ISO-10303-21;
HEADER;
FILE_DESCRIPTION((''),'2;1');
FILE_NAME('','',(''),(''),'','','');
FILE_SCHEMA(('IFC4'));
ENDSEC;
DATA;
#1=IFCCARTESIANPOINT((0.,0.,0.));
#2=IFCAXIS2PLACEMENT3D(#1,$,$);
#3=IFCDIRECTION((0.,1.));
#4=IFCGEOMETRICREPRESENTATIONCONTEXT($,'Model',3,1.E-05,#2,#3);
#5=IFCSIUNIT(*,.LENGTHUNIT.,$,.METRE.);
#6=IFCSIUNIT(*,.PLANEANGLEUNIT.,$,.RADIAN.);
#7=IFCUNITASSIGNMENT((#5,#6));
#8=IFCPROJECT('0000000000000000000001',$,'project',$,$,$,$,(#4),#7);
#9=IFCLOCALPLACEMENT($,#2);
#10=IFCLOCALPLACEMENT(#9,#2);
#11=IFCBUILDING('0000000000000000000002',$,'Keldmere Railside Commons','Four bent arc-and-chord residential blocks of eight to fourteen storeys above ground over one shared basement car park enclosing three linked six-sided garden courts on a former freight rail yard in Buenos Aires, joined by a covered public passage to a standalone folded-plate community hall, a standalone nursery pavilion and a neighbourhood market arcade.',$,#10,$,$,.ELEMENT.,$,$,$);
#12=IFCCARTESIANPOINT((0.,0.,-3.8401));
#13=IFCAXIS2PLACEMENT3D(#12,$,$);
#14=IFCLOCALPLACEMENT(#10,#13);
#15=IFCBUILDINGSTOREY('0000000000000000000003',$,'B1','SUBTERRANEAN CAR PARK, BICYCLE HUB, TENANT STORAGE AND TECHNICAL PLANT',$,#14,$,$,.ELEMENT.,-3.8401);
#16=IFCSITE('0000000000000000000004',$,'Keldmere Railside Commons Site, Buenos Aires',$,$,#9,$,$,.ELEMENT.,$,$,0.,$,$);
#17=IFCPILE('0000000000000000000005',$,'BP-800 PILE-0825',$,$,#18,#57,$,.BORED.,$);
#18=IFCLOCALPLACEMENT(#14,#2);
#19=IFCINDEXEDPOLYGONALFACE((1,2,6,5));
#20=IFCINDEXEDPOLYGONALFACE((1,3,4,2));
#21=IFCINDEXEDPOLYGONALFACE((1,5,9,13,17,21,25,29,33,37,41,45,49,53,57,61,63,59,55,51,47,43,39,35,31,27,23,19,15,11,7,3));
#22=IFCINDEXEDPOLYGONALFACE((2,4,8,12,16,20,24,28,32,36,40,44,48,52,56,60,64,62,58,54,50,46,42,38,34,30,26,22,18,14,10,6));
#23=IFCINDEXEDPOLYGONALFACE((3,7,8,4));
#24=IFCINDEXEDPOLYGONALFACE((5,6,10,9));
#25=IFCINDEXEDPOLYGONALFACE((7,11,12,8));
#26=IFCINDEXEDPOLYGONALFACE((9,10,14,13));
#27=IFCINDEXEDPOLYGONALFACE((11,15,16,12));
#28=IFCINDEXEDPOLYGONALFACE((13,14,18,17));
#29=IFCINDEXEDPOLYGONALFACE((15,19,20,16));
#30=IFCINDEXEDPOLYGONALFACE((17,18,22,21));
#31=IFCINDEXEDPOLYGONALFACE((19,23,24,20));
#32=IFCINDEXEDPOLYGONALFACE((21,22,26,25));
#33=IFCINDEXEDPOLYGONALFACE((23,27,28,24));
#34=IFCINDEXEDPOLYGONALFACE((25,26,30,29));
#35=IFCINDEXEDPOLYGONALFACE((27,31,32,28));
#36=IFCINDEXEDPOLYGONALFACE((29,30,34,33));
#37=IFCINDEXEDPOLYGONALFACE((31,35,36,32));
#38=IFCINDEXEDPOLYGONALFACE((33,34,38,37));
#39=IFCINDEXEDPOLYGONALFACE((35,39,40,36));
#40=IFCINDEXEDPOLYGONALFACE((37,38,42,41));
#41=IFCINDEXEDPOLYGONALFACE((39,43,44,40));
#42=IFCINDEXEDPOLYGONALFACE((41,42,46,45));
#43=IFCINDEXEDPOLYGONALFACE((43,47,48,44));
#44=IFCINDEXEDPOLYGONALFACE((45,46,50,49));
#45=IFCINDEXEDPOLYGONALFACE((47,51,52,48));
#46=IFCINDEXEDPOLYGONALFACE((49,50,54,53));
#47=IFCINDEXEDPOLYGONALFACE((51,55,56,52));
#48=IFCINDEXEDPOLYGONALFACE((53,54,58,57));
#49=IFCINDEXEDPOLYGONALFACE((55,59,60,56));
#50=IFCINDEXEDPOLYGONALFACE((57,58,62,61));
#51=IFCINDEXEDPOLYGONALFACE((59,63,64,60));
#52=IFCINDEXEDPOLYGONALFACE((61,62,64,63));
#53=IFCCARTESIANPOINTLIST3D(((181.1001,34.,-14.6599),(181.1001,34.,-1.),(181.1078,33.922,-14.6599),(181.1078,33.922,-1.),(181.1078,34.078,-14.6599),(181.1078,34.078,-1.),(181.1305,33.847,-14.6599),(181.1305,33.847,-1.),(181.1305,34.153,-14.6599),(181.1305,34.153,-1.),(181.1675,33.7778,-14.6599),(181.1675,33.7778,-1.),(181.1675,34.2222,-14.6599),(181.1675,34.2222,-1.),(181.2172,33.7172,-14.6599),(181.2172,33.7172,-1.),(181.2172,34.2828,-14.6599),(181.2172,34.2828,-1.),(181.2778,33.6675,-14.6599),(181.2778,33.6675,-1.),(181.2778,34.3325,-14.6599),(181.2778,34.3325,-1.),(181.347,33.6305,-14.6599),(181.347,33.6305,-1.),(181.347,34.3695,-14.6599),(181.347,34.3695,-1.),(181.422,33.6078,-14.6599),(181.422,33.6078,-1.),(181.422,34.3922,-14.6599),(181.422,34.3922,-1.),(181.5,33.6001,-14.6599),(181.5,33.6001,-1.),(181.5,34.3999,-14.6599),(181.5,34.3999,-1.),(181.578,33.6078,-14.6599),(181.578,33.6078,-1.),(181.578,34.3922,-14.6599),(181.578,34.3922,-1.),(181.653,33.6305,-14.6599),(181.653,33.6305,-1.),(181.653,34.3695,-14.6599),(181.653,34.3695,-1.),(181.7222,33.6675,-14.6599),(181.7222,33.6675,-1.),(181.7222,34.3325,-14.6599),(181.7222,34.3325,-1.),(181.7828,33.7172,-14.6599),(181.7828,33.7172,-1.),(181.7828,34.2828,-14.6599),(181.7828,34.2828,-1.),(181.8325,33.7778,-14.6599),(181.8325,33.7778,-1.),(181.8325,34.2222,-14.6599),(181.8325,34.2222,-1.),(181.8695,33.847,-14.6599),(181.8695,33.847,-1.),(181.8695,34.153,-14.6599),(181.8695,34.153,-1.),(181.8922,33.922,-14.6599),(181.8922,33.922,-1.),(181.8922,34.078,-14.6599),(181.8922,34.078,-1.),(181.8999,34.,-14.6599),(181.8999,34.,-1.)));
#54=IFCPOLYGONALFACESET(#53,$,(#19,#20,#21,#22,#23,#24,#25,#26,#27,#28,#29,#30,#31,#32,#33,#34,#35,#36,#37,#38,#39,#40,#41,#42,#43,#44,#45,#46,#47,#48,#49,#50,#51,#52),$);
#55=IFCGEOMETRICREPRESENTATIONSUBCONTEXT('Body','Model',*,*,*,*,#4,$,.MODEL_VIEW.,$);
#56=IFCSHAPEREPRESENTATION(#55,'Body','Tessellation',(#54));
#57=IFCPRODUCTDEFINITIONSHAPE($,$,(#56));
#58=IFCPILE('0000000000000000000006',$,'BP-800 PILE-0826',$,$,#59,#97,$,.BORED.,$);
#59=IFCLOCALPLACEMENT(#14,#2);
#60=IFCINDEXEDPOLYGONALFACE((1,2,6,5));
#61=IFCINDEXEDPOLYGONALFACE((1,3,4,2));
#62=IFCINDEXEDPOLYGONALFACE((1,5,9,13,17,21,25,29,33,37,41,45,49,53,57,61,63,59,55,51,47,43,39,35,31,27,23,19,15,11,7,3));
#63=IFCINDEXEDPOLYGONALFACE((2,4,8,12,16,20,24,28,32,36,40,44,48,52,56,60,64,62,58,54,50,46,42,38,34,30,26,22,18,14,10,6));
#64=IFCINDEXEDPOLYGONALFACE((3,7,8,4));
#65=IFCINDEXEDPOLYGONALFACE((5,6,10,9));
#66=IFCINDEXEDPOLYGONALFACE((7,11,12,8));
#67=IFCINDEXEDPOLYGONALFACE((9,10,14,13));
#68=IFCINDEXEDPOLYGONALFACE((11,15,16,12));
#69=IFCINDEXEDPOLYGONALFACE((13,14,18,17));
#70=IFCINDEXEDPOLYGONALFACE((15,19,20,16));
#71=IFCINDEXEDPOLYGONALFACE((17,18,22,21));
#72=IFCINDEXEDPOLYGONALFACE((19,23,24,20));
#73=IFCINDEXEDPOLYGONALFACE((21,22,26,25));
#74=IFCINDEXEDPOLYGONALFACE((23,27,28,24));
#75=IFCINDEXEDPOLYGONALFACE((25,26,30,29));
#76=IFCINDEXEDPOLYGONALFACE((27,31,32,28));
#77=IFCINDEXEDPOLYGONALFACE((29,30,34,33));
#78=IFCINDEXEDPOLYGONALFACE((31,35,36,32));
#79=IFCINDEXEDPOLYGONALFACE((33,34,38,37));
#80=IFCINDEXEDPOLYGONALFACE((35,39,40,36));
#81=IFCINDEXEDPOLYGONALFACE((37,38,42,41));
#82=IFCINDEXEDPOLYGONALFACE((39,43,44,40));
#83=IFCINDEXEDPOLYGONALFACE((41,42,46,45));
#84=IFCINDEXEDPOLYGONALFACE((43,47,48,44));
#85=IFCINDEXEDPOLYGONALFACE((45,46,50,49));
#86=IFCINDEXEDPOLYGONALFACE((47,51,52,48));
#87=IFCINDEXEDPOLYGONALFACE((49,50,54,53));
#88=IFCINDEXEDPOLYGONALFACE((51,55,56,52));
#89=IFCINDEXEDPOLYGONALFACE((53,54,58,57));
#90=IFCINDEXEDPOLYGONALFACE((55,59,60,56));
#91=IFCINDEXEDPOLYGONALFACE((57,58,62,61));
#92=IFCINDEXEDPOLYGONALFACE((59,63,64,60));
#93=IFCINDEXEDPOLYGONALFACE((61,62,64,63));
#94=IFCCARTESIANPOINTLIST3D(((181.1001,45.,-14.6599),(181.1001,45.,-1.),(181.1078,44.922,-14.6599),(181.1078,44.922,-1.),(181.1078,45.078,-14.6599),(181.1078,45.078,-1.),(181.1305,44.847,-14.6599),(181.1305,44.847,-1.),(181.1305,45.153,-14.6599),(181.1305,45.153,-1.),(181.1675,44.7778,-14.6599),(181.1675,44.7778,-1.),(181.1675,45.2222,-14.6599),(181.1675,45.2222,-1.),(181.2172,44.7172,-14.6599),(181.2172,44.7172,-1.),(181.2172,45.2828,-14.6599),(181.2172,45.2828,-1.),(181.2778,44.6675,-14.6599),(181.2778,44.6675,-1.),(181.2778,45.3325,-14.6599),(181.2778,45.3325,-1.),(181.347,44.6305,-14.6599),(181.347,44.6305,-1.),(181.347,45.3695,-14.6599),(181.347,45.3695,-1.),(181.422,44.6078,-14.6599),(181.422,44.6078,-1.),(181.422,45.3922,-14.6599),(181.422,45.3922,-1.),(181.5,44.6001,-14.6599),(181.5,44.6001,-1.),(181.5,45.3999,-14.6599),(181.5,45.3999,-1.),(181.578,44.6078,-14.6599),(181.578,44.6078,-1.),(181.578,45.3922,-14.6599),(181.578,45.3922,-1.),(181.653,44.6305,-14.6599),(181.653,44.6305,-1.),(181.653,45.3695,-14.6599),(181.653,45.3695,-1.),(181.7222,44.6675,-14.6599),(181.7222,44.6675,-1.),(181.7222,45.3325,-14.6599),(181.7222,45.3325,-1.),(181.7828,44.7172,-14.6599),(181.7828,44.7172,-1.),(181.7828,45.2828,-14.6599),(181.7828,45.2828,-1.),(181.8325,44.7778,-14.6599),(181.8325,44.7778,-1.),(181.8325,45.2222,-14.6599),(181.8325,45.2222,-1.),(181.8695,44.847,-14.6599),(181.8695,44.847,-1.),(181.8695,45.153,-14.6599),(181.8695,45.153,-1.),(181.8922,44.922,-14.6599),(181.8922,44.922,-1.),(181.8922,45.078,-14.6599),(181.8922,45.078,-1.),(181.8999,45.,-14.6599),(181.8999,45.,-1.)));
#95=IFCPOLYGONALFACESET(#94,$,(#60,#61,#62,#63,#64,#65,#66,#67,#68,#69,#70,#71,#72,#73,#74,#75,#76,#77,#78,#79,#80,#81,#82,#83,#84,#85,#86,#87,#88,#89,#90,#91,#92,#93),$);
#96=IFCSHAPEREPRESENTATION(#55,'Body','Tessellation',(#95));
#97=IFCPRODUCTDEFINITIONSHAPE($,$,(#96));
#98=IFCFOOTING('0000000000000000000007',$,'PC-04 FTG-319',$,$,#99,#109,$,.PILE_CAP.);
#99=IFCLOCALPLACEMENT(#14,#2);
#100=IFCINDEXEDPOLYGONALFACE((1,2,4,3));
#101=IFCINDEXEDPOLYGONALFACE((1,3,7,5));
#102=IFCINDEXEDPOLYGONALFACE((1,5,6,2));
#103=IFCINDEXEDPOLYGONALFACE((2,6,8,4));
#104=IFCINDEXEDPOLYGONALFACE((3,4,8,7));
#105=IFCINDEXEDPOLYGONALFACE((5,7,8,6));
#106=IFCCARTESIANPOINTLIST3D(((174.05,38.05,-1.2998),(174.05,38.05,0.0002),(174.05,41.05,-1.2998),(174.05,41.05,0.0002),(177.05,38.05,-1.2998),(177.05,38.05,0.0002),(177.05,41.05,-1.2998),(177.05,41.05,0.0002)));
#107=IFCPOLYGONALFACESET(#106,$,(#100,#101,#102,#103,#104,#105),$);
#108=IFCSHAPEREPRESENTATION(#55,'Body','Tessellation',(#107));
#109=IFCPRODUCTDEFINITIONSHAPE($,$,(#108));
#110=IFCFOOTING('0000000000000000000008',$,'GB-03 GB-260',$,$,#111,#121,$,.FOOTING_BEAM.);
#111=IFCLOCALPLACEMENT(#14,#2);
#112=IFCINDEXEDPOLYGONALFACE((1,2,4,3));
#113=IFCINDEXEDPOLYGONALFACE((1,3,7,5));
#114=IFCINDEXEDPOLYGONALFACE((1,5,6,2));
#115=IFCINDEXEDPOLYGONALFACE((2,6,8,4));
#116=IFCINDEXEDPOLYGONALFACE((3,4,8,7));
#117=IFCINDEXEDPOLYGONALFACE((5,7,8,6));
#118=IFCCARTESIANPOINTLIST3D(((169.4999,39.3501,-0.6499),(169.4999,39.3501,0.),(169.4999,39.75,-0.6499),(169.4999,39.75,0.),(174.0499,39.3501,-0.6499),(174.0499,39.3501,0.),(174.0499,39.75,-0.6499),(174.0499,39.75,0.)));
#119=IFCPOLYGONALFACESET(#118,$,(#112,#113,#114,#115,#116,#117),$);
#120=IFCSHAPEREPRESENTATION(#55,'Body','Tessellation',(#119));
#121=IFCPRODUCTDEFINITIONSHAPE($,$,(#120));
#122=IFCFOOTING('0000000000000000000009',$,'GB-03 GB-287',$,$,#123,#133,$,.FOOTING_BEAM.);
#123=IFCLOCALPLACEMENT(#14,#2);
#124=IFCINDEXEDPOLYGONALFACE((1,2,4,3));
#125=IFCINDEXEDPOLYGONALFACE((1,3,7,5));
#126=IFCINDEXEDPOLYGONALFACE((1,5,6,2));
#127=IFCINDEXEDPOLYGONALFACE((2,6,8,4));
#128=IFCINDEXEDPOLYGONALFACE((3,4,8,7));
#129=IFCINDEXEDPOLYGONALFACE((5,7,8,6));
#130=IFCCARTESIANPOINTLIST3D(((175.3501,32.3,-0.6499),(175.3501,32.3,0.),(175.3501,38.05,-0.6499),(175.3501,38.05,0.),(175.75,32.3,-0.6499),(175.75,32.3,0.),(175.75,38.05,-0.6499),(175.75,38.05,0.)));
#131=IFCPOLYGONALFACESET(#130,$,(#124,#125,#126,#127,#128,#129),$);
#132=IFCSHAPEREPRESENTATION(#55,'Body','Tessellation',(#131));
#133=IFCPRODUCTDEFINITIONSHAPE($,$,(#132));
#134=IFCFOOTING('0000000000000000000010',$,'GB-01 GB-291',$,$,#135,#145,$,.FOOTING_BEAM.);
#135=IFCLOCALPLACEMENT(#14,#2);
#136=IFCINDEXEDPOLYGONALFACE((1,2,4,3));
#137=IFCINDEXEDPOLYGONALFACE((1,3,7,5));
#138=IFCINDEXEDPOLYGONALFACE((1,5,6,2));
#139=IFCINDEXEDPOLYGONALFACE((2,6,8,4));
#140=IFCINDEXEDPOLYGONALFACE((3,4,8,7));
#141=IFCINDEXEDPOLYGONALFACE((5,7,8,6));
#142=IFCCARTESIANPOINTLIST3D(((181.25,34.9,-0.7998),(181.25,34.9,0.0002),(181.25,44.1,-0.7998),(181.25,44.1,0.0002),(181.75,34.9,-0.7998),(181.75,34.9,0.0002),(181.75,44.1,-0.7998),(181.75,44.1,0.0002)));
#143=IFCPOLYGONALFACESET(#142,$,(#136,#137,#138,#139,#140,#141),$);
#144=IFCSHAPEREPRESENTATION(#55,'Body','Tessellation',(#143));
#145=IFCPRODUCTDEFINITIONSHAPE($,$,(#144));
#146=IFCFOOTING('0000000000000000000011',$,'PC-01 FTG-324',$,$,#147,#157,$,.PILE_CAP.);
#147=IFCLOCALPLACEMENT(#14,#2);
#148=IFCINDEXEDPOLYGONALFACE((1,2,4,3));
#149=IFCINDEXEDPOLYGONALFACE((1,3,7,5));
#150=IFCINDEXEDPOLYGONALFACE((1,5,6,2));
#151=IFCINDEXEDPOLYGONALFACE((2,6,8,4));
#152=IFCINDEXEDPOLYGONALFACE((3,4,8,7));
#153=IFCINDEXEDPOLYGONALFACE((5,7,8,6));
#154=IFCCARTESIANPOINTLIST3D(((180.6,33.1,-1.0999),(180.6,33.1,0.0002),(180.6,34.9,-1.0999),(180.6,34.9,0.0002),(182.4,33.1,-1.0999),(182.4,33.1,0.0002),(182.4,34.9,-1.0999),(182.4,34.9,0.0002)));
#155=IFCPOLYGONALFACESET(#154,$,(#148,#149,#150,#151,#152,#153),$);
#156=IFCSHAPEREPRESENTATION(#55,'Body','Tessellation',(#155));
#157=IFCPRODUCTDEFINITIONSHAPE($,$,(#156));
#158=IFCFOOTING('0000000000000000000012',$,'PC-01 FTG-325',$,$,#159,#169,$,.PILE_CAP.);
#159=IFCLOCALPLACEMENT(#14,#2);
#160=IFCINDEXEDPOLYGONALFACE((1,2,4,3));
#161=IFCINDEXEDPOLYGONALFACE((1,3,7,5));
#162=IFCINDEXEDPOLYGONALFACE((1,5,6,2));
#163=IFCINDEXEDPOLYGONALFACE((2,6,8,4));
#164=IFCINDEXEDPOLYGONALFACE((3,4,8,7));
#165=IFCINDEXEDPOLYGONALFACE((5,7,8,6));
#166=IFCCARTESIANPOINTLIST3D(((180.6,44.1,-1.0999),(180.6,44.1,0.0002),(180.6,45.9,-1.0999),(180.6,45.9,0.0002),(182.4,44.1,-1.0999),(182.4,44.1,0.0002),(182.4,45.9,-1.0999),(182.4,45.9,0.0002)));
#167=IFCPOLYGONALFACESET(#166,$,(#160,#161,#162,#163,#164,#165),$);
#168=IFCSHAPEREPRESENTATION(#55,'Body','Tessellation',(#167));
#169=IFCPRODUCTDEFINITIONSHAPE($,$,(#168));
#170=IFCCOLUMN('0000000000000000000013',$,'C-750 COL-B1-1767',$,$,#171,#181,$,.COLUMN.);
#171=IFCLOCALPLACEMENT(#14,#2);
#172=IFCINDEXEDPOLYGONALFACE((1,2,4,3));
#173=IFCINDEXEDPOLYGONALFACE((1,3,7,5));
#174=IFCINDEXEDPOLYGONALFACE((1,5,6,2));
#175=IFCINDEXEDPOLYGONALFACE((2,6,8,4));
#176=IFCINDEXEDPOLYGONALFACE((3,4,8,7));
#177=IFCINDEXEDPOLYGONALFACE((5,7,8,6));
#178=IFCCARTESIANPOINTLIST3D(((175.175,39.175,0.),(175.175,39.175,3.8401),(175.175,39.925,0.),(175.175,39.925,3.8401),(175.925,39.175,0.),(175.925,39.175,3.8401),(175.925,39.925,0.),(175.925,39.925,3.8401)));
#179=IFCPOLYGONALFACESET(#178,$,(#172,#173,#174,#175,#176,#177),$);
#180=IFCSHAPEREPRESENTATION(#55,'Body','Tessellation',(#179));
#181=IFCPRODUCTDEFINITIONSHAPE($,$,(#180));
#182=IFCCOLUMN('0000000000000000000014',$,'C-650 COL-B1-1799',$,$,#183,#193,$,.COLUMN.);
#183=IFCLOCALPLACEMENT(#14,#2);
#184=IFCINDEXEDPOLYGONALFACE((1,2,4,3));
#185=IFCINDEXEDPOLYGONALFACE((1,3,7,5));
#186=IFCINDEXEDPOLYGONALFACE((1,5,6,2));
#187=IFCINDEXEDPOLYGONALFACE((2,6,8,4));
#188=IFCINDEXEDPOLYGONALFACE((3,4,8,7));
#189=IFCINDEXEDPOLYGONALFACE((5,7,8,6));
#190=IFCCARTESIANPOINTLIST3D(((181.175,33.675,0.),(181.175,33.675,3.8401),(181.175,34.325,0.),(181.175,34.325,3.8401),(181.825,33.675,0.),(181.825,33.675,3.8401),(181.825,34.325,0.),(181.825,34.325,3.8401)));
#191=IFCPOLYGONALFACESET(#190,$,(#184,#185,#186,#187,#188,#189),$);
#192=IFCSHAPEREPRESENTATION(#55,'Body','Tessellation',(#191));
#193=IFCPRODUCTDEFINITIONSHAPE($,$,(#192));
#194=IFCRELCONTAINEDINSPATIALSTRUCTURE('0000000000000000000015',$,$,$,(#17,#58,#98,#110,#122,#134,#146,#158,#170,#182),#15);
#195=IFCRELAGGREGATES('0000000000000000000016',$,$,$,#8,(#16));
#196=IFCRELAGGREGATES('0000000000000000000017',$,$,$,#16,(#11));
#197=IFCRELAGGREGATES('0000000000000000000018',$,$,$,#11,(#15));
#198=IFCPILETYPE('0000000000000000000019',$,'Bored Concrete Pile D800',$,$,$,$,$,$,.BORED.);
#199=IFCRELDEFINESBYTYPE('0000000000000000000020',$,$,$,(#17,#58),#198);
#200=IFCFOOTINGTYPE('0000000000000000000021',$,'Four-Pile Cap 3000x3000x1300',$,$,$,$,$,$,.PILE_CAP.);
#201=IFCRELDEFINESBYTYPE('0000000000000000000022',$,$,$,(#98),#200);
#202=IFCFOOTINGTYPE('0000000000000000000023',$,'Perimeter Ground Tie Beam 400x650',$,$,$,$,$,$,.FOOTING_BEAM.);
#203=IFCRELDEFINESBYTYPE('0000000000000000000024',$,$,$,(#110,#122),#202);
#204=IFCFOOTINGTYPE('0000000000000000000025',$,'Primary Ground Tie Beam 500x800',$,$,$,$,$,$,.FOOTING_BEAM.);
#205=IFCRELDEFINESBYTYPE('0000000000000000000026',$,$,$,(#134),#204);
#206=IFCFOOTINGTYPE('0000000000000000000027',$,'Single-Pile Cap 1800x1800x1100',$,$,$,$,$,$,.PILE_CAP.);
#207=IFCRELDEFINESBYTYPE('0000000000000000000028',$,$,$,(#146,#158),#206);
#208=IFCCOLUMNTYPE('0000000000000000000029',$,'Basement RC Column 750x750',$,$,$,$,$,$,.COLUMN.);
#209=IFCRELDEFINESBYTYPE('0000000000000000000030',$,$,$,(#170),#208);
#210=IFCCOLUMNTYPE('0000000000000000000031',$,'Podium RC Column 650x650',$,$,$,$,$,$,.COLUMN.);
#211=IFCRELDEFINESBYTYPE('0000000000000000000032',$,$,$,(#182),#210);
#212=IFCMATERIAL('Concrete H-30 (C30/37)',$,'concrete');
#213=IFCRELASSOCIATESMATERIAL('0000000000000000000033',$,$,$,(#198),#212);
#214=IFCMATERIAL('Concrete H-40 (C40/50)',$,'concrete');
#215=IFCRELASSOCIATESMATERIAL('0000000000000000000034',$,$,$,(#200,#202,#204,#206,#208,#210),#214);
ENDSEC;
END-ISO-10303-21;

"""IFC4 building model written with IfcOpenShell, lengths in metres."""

from ifc_helpers import new_model, si_unit, direction, frame, origin, origin_2d, place, context, subcontext, project, spatial, rectangle, circle, extrude, material, material_profile, profile_set, type_object, element, save


model = new_model("IFC4")

# Units and contexts
model_context = context("Model", 3, precision=1e-05, world=origin(), true_north=direction((0.0, 1.0)))
body_context = subcontext(model_context, "Body", "Model", "MODEL_VIEW")
ifc_project = project(units=[si_unit("LENGTHUNIT", "METRE"), si_unit("PLANEANGLEUNIT", "RADIAN")], contexts=[model_context])

# Site, building, storey
site_placement = place(None, origin())
site = spatial("IfcSite", under=ifc_project, at=site_placement, Name="Keldmere Railside Commons Site, Buenos Aires", CompositionType="ELEMENT", RefElevation=0.0)
building_placement = place(site_placement, origin())
building = spatial("IfcBuilding", under=site, at=building_placement, Name="Keldmere Railside Commons", Description="Four bent arc-and-chord residential blocks of eight to fourteen storeys above ground over one shared basement car park enclosing three linked six-sided garden courts on a former freight rail yard in Buenos Aires, joined by a covered public passage to a standalone folded-plate community hall, a standalone nursery pavilion and a neighbourhood market arcade.", CompositionType="ELEMENT")
storey_placement = place(building_placement, frame((0.0, 0.0, -3.8401)))
storey = spatial("IfcBuildingStorey", under=building, at=storey_placement, Name="B1", Description="SUBTERRANEAN CAR PARK, BICYCLE HUB, TENANT STORAGE AND TECHNICAL PLANT", CompositionType="ELEMENT", Elevation=-3.8401)

# Piles
ifc_material_1 = material(Name="Concrete H-30 (C30/37)", Category="concrete")
ifc_material_profile_1 = material_profile(ifc_material_1, circle(Radius=0.3999, at=origin_2d()), Name="PILE-D800")
ifc_profile_set_1 = profile_set([ifc_material_profile_1], Name="Concrete H-30 (C30/37)")
pile_type_1 = type_object("IfcPileType", Name="Bored Concrete Pile D800", PredefinedType="BORED", material=ifc_profile_set_1)
for number, where, z_axis, x_axis, name in (
    (1, (181.5, 34.0, -1.0), (0.0, 0.0, -1.0), (1.0, 0.0, 0.0), "BP-800 PILE-0825"),
    (2, (181.5, 45.0, -1.0), (0.0, 0.0, -1.0), (1.0, 0.0, 0.0), "BP-800 PILE-0826"),
):
    element("IfcPile", number, at=place(storey_placement, frame(where, z_axis=z_axis, x_axis=x_axis)), inside=storey, type_object=pile_type_1, Name=name, PredefinedType="BORED", context=body_context, shape_type="SweptSolid", body=[
        extrude(circle(Radius=0.3999, at=origin_2d()), origin(), (0.0, 0.0, 1.0), 13.6599),
    ])

# Footings
ifc_material_2 = material(Name="Concrete H-40 (C40/50)", Category="concrete")
footing_type_1 = type_object("IfcFootingType", Name="Four-Pile Cap 3000x3000x1300", PredefinedType="PILE_CAP", material=ifc_material_2)
footing_1_placement = place(storey_placement, frame((175.55, 39.55, -1.2998), z_axis=(0.0, 0.0, 1.0), x_axis=(1.0, 0.0, 0.0)))
element("IfcFooting", 3, at=footing_1_placement, inside=storey, type_object=footing_type_1, Name="PC-04 FTG-319", PredefinedType="PILE_CAP", context=body_context, shape_type="SweptSolid", body=[
    extrude(rectangle(XDim=3.0, YDim=3.0, at=origin_2d()), origin(), (0.0, 0.0, 1.0), 1.3),
])
footing_type_2 = type_object("IfcFootingType", Name="Perimeter Ground Tie Beam 400x650", PredefinedType="FOOTING_BEAM", material=ifc_material_2)
footing_2_placement = place(storey_placement, frame((171.7749, 39.55, -0.6499), z_axis=(0.0, 0.0, 1.0), x_axis=(1.0, 0.0, 0.0)))
element("IfcFooting", 4, at=footing_2_placement, inside=storey, type_object=footing_type_2, Name="GB-03 GB-260", PredefinedType="FOOTING_BEAM", context=body_context, shape_type="SweptSolid", body=[
    extrude(rectangle(XDim=4.55, YDim=0.3999, at=origin_2d()), origin(), (0.0, 0.0, 1.0), 0.6499),
])
footing_3_placement = place(storey_placement, frame((175.55, 35.175, -0.6499), z_axis=(0.0, 0.0, 1.0), x_axis=(0.0, 1.0, 0.0)))
element("IfcFooting", 5, at=footing_3_placement, inside=storey, type_object=footing_type_2, Name="GB-03 GB-287", PredefinedType="FOOTING_BEAM", context=body_context, shape_type="SweptSolid", body=[
    extrude(rectangle(XDim=5.75, YDim=0.3999, at=origin_2d()), origin(), (0.0, 0.0, 1.0), 0.6499),
])
footing_type_3 = type_object("IfcFootingType", Name="Primary Ground Tie Beam 500x800", PredefinedType="FOOTING_BEAM", material=ifc_material_2)
footing_4_placement = place(storey_placement, frame((181.5, 39.5, -0.7998), z_axis=(0.0, 0.0, 1.0), x_axis=(0.0, 1.0, 0.0)))
element("IfcFooting", 6, at=footing_4_placement, inside=storey, type_object=footing_type_3, Name="GB-01 GB-291", PredefinedType="FOOTING_BEAM", context=body_context, shape_type="SweptSolid", body=[
    extrude(rectangle(XDim=9.2, YDim=0.5, at=origin_2d()), origin(), (0.0, 0.0, 1.0), 0.8),
])
footing_type_4 = type_object("IfcFootingType", Name="Single-Pile Cap 1800x1800x1100", PredefinedType="PILE_CAP", material=ifc_material_2)
for number, where, z_axis, x_axis, name in (
    (7, (181.5, 34.0, -1.0999), (0.0, 0.0, 1.0), (1.0, 0.0, 0.0), "PC-01 FTG-324"),
    (8, (181.5, 45.0, -1.0999), (0.0, 0.0, 1.0), (1.0, 0.0, 0.0), "PC-01 FTG-325"),
):
    element("IfcFooting", number, at=place(storey_placement, frame(where, z_axis=z_axis, x_axis=x_axis)), inside=storey, type_object=footing_type_4, Name=name, PredefinedType="PILE_CAP", context=body_context, shape_type="SweptSolid", body=[
        extrude(rectangle(XDim=1.8, YDim=1.8, at=origin_2d()), origin(), (0.0, 0.0, 1.0), 1.1001),
    ])

# Columns
ifc_material_profile_2 = material_profile(ifc_material_2, rectangle(XDim=0.75, YDim=0.75, at=origin_2d()), Name="RC-750x750")
ifc_profile_set_2 = profile_set([ifc_material_profile_2], Name="Concrete H-40 (C40/50)")
column_type_1 = type_object("IfcColumnType", Name="Basement RC Column 750x750", PredefinedType="COLUMN", material=ifc_profile_set_2)
column_placement = place(storey_placement, frame((175.55, 39.55, 0.0), z_axis=(0.0, 0.0, 1.0), x_axis=(1.0, 0.0, 0.0)))
element("IfcColumn", 9, at=column_placement, inside=storey, type_object=column_type_1, Name="C-750 COL-B1-1767", PredefinedType="COLUMN", context=body_context, shape_type="SweptSolid", body=[
    extrude(rectangle(XDim=0.75, YDim=0.75, at=origin_2d()), origin(), (0.0, 0.0, 1.0), 3.8401),
])
ifc_material_profile_3 = material_profile(ifc_material_2, rectangle(XDim=0.6499, YDim=0.6499, at=origin_2d()), Name="RC-650x650")
ifc_profile_set_3 = profile_set([ifc_material_profile_3], Name="Concrete H-40 (C40/50)")
column_type_2 = type_object("IfcColumnType", Name="Podium RC Column 650x650", PredefinedType="COLUMN", material=ifc_profile_set_3)
for number, where, z_axis, x_axis, name in (
    (10, (181.5, 34.0, 0.0), (0.0, 0.0, 1.0), (1.0, 0.0, 0.0), "C-650 COL-B1-1799"),
):
    element("IfcColumn", number, at=place(storey_placement, frame(where, z_axis=z_axis, x_axis=x_axis)), inside=storey, type_object=column_type_2, Name=name, PredefinedType="COLUMN", context=body_context, shape_type="SweptSolid", body=[
        extrude(rectangle(XDim=0.6499, YDim=0.6499, at=origin_2d()), origin(), (0.0, 0.0, 1.0), 3.8401),
    ])

save(model, "model.ifc")
